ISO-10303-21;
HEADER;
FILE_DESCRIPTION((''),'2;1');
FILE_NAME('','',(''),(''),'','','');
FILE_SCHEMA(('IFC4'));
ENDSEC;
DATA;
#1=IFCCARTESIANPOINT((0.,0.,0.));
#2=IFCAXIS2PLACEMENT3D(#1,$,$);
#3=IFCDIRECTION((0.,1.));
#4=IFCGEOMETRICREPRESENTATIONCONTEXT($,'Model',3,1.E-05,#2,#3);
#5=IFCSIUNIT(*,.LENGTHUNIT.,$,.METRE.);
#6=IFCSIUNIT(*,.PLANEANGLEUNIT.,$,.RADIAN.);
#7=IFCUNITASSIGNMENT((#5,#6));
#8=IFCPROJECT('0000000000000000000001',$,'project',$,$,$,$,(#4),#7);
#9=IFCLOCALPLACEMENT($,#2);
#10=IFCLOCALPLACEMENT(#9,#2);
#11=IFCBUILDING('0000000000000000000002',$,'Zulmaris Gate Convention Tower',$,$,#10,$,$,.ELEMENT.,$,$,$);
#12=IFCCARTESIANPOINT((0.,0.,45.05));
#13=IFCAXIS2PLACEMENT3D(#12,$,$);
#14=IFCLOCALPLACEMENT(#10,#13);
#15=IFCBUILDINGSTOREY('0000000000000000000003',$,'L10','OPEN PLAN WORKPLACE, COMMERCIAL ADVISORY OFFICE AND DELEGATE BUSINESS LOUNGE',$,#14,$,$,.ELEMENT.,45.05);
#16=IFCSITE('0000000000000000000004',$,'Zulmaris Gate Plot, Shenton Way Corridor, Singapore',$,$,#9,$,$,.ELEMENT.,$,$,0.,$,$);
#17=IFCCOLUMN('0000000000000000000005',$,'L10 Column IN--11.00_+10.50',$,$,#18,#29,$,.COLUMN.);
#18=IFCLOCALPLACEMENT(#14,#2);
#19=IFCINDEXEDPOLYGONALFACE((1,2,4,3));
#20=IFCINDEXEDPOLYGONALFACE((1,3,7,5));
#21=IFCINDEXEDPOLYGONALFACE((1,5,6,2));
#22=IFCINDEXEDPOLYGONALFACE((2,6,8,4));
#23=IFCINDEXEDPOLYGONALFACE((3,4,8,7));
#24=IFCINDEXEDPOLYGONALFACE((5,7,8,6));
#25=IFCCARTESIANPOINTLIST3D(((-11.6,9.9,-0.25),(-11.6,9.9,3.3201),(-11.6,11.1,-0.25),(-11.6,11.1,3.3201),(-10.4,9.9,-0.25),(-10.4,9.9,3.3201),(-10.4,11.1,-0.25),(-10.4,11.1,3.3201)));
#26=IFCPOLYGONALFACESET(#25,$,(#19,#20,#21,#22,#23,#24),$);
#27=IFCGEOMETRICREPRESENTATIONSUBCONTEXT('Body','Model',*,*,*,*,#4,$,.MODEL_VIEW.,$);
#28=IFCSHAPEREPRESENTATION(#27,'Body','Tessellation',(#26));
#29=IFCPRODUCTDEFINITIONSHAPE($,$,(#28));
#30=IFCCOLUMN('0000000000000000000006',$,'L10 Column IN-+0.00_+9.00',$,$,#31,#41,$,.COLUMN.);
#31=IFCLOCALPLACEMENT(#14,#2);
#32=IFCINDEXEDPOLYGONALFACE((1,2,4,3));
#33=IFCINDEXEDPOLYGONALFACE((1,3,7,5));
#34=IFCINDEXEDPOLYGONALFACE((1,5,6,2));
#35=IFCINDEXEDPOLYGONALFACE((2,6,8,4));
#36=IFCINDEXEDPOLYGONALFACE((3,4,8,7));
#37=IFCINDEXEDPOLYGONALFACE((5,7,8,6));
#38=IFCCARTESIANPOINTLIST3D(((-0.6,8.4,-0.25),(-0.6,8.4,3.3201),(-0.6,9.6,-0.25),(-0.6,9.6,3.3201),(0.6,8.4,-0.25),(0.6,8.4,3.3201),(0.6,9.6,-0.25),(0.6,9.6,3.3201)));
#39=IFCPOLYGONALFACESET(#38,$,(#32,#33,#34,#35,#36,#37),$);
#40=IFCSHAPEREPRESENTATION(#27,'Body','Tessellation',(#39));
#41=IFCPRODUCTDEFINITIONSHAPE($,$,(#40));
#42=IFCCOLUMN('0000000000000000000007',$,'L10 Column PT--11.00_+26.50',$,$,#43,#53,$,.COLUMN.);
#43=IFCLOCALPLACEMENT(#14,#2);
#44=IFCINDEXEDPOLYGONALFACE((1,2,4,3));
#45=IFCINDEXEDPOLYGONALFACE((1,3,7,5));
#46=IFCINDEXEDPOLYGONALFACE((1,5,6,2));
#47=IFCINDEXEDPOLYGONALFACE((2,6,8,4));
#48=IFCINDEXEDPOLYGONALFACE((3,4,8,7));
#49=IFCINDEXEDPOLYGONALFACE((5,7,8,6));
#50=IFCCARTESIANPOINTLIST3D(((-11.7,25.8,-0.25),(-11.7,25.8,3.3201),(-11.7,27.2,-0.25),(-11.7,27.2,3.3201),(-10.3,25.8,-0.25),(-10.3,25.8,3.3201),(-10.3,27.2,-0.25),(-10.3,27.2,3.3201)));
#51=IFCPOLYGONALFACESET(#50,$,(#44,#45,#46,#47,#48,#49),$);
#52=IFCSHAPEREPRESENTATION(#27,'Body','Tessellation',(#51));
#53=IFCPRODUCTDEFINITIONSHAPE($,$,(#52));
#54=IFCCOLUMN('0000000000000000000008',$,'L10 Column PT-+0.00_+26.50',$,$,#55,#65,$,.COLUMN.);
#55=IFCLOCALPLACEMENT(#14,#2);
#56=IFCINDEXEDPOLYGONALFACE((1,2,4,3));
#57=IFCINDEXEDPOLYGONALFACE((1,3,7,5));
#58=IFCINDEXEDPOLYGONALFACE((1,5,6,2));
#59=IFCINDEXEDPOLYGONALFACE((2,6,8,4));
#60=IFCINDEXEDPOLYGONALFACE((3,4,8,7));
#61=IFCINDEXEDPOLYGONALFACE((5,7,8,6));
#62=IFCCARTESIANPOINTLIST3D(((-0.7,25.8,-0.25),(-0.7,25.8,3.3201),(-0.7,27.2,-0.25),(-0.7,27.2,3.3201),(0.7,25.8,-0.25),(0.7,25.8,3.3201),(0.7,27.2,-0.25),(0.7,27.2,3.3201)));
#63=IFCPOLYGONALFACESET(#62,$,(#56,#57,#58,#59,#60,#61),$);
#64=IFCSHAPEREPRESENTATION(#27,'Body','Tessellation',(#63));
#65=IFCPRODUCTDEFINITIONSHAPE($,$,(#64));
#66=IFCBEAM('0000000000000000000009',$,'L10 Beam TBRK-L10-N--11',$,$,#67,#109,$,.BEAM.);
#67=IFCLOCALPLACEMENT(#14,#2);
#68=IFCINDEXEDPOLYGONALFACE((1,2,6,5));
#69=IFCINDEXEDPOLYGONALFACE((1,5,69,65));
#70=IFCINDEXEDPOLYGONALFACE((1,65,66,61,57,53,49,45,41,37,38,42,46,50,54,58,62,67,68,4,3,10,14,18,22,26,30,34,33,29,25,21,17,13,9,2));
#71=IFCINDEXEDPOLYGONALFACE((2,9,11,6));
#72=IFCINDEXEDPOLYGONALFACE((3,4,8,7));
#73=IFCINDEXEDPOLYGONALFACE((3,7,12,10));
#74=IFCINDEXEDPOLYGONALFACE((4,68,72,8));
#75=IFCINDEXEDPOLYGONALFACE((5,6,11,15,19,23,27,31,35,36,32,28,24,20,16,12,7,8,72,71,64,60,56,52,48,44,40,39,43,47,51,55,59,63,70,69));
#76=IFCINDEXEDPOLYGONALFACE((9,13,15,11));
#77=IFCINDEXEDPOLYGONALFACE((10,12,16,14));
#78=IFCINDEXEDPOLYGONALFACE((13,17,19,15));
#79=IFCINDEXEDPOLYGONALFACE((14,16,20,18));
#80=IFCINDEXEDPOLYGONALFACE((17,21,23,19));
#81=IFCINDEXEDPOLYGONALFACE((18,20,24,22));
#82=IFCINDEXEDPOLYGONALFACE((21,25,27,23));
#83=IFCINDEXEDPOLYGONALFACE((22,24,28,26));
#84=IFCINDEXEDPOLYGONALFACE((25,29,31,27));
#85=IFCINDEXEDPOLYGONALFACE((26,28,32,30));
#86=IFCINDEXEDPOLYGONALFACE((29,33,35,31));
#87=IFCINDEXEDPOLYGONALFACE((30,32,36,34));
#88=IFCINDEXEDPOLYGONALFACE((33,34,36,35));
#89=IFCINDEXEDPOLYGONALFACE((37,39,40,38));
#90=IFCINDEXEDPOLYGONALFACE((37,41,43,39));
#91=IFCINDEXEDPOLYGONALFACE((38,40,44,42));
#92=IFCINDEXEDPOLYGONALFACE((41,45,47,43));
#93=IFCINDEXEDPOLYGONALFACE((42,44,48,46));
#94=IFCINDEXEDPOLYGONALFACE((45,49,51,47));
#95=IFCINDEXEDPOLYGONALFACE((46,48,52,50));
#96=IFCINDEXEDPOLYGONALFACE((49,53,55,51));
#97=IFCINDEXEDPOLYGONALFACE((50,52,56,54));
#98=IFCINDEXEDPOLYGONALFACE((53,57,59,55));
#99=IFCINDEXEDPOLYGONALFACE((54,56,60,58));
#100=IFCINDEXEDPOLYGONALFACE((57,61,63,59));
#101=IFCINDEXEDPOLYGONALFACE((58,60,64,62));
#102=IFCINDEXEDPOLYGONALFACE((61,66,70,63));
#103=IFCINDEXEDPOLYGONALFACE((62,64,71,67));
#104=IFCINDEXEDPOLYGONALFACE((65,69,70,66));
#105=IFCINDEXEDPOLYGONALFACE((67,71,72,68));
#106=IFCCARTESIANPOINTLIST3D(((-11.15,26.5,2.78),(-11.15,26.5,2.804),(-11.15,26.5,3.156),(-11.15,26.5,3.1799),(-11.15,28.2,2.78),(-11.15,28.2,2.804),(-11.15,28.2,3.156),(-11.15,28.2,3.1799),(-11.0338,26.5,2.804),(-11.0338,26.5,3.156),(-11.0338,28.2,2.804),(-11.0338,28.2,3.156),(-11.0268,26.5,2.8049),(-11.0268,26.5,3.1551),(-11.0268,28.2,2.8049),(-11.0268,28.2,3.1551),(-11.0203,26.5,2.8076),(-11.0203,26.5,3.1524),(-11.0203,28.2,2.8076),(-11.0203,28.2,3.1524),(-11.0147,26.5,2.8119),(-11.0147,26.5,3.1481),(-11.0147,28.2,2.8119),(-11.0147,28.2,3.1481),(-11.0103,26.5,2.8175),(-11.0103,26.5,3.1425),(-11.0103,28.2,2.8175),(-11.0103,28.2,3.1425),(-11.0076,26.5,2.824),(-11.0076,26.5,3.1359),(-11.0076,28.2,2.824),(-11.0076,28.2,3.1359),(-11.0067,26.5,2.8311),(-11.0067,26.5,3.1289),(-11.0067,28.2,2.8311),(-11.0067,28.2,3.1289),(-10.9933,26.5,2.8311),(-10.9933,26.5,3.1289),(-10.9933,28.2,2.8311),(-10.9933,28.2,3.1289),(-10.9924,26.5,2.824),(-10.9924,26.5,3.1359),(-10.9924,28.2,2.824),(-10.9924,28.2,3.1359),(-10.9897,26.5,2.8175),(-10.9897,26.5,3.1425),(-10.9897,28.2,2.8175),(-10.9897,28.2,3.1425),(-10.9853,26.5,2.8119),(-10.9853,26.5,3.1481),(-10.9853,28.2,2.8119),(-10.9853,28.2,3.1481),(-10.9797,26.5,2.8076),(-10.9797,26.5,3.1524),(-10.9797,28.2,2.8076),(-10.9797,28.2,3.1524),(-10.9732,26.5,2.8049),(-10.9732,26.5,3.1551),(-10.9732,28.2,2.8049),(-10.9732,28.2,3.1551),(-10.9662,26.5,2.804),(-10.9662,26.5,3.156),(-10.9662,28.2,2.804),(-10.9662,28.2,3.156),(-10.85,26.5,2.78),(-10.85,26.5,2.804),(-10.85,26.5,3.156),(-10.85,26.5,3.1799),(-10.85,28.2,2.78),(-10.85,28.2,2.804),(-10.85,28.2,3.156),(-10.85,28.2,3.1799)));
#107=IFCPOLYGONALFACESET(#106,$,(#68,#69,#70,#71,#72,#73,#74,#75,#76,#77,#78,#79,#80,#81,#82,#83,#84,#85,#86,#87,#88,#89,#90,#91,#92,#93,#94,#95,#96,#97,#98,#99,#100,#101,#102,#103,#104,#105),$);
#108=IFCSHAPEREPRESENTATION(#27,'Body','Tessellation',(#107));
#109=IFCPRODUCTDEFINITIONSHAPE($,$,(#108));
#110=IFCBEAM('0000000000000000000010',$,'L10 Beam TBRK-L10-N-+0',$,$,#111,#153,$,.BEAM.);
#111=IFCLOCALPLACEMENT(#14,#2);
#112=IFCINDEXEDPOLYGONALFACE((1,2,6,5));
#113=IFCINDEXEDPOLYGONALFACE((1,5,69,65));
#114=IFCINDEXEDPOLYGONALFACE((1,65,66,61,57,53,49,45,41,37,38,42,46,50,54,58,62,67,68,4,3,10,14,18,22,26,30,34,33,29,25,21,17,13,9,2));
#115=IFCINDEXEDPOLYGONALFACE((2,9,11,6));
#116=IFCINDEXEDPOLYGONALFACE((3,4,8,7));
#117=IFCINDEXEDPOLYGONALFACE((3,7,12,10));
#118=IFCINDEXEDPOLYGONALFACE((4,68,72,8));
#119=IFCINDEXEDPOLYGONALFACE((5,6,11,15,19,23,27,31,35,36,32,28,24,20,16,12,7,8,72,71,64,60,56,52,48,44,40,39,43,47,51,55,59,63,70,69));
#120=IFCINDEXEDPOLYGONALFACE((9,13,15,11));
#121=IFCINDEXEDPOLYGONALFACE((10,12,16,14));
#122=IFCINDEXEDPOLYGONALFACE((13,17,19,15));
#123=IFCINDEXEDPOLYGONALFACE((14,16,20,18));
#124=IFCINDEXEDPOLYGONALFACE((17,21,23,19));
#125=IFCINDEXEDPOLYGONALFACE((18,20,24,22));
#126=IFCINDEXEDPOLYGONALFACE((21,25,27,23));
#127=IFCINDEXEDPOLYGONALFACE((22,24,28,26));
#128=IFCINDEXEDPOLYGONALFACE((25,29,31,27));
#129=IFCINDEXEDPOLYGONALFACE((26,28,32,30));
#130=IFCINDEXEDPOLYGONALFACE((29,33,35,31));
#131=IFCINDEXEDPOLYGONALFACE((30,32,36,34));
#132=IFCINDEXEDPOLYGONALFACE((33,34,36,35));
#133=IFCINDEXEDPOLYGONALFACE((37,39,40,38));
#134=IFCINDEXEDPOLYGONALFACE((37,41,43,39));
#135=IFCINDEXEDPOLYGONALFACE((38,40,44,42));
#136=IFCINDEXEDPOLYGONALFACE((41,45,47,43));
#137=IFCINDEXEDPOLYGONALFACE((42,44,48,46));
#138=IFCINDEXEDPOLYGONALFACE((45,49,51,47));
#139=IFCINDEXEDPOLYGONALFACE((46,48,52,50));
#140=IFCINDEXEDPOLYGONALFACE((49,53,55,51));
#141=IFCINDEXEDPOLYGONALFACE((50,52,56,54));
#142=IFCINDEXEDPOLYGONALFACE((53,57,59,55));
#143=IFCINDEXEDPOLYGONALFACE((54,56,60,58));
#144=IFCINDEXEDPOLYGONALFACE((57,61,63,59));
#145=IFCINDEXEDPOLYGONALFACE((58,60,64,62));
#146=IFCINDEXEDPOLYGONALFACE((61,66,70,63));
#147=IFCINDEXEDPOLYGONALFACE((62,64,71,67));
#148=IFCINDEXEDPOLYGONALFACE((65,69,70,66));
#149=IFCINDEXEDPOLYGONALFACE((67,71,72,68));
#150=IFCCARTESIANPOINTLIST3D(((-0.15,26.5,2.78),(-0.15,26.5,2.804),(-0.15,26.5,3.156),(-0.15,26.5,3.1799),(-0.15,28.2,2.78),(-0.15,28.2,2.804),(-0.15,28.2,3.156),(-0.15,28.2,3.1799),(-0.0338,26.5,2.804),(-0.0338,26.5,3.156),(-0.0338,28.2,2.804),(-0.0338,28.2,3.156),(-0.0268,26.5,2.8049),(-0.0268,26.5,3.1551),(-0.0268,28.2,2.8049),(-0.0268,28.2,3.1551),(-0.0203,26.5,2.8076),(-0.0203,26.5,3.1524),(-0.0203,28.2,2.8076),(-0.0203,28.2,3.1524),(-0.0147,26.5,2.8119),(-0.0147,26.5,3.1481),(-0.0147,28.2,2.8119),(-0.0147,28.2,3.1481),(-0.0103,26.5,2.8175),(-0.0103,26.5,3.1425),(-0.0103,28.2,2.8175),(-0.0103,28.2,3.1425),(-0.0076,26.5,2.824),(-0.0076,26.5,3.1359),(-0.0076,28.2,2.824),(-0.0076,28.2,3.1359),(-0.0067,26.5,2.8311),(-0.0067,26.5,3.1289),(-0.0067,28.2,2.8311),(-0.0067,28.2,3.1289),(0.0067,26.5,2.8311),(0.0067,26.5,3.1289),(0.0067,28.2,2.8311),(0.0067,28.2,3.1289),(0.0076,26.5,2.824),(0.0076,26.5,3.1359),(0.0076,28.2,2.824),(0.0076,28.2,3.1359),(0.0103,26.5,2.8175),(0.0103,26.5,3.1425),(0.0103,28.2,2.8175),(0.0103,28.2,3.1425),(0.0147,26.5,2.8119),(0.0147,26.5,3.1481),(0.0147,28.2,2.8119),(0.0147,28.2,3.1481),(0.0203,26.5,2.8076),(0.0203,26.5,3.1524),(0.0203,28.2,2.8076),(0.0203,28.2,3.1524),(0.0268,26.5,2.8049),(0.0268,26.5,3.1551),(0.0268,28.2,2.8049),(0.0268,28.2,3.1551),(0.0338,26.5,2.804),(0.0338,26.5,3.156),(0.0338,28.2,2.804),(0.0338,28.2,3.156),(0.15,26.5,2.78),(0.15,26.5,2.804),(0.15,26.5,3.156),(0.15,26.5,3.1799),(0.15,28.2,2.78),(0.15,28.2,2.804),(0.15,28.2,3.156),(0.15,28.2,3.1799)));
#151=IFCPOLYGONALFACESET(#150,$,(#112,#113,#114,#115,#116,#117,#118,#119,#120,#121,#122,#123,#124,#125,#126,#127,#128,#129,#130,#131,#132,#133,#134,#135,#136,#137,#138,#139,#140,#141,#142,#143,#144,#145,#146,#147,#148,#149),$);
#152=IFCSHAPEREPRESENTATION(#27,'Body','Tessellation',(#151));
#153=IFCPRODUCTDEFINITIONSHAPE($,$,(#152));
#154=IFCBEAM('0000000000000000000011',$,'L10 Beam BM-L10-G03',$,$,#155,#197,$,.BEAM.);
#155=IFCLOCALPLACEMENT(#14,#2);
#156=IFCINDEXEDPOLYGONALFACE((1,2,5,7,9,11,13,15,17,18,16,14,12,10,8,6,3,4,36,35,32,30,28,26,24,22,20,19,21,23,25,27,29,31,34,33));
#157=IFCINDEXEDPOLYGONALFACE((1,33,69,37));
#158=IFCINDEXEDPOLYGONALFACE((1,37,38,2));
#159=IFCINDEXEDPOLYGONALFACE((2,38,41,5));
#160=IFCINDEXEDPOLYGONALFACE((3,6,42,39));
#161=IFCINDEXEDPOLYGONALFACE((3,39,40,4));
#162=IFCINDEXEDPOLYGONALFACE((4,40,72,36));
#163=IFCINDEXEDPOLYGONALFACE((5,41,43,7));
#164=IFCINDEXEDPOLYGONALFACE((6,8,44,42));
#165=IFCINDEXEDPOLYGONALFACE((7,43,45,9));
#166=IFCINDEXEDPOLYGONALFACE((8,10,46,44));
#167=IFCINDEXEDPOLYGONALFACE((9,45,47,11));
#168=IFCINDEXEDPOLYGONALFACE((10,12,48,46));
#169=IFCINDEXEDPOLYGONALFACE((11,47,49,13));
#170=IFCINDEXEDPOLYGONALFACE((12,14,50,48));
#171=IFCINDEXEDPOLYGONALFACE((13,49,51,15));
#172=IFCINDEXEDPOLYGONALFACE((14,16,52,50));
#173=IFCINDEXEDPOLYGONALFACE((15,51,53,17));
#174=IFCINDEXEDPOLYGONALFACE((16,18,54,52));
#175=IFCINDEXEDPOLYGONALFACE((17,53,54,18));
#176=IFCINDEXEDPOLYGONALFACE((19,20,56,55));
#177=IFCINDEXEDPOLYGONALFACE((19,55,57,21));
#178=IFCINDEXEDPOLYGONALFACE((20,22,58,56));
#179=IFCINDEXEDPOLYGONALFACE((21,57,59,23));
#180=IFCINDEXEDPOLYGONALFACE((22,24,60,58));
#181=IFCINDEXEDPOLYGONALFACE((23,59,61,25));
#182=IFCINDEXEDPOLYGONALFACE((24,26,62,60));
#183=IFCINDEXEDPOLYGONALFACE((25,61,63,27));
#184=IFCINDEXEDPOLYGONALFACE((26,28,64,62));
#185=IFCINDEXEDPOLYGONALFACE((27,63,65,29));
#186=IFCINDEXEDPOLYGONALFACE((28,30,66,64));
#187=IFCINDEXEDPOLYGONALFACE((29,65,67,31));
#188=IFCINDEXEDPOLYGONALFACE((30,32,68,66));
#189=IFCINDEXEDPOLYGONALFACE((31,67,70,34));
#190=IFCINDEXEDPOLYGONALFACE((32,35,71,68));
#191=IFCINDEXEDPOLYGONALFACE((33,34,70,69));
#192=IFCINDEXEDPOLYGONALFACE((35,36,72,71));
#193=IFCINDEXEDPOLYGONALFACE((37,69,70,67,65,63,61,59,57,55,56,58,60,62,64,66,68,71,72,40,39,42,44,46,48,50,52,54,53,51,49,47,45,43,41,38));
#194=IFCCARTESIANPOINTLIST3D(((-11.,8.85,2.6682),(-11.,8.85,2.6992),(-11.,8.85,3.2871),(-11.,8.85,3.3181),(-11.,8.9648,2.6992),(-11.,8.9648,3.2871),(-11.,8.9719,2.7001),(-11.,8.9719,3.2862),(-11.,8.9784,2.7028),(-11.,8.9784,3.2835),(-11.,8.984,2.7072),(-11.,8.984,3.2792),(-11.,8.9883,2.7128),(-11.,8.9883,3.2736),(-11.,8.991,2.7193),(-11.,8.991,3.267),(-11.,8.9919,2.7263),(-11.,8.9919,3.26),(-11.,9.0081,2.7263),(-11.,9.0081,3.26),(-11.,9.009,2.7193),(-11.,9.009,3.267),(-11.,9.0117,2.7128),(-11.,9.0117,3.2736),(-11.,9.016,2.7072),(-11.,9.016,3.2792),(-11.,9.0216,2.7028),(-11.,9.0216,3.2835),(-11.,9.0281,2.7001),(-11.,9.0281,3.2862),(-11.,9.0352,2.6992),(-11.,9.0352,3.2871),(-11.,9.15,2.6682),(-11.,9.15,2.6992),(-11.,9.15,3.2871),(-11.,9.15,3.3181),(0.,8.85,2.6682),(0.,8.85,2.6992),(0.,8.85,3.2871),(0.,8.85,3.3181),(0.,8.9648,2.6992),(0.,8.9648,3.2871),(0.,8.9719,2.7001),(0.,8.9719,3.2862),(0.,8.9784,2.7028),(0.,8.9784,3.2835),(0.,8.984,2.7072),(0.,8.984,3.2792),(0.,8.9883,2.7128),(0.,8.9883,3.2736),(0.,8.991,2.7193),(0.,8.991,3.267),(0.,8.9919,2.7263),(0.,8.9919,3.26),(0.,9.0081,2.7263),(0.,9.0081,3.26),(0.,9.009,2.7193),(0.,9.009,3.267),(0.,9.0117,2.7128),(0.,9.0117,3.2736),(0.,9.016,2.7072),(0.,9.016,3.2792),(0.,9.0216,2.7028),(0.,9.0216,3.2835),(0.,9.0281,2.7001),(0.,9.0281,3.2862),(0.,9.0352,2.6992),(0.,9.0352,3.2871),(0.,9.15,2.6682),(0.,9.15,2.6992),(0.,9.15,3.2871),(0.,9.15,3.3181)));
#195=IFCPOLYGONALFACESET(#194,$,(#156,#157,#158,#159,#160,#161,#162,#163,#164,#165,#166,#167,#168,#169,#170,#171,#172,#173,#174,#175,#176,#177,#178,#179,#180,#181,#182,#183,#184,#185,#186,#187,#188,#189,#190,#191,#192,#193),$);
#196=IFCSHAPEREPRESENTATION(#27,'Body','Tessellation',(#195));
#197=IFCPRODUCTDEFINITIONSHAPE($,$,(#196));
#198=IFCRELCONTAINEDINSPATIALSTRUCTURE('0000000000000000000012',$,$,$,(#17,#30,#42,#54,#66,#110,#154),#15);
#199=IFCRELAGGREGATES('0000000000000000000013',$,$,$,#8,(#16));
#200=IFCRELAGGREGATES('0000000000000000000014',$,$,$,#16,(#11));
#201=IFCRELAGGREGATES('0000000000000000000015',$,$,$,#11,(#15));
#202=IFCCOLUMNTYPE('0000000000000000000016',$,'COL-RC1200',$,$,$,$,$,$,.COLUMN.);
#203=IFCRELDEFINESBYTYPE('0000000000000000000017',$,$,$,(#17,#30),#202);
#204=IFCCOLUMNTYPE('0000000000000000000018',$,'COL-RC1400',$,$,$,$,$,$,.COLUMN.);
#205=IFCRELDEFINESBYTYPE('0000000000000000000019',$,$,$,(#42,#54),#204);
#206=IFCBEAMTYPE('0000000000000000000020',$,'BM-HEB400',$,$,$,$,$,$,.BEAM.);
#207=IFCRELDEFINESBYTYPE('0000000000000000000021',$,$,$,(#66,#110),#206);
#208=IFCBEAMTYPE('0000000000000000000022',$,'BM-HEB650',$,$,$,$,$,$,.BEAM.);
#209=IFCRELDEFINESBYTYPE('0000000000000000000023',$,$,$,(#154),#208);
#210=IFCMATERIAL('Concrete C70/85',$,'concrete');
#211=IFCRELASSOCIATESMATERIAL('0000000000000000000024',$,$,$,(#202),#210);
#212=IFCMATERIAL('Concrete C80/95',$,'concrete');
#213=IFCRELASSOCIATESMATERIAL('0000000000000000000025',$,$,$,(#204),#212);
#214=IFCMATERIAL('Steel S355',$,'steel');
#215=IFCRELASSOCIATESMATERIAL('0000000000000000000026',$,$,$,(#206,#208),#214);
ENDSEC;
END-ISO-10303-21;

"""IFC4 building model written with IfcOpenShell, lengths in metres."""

from ifc_helpers import new_model, si_unit, direction, frame, origin, origin_2d, place, context, subcontext, project, spatial, rectangle, i_section, extrude, material, material_profile, profile_set, type_object, element, save


model = new_model("IFC4")

# Units and contexts
model_context = context("Model", 3, precision=1e-05, world=origin(), true_north=direction((0.0, 1.0)))
body_context = subcontext(model_context, "Body", "Model", "MODEL_VIEW")
ifc_project = project(units=[si_unit("LENGTHUNIT", "METRE"), si_unit("PLANEANGLEUNIT", "RADIAN")], contexts=[model_context])

# Site, building, storey
site_placement = place(None, origin())
site = spatial("IfcSite", under=ifc_project, at=site_placement, Name="Zulmaris Gate Plot, Shenton Way Corridor, Singapore", CompositionType="ELEMENT", RefElevation=0.0)
building_placement = place(site_placement, origin())
building = spatial("IfcBuilding", under=site, at=building_placement, Name="Zulmaris Gate Convention Tower", CompositionType="ELEMENT")
storey_placement = place(building_placement, frame((0.0, 0.0, 45.05)))
storey = spatial("IfcBuildingStorey", under=building, at=storey_placement, Name="L10", Description="OPEN PLAN WORKPLACE, COMMERCIAL ADVISORY OFFICE AND DELEGATE BUSINESS LOUNGE", CompositionType="ELEMENT", Elevation=45.05)

# Columns
ifc_material_1 = material(Name="Concrete C70/85", Category="concrete")
ifc_material_profile_1 = material_profile(ifc_material_1, rectangle(XDim=1.2, YDim=1.2, at=origin_2d()), Name="RC COL 1200x1200")
ifc_profile_set_1 = profile_set([ifc_material_profile_1], Name="Concrete C70/85")
column_type_1 = type_object("IfcColumnType", Name="COL-RC1200", PredefinedType="COLUMN", material=ifc_profile_set_1)
for number, where, z_axis, x_axis, name in (
    (1, (-11.0, 10.5, -0.25), (0.0, 0.0, 1.0), (1.0, 0.0, 0.0), "L10 Column IN--11.00_+10.50"),
    (2, (0.0, 9.0, -0.25), (0.0, 0.0, 1.0), (1.0, 0.0, 0.0), "L10 Column IN-+0.00_+9.00"),
):
    element("IfcColumn", number, at=place(storey_placement, frame(where, z_axis=z_axis, x_axis=x_axis)), inside=storey, type_object=column_type_1, Name=name, PredefinedType="COLUMN", context=body_context, shape_type="SweptSolid", body=[
        extrude(rectangle(XDim=1.2, YDim=1.2, at=origin_2d()), origin(), (0.0, 0.0, 1.0), 3.5701),
    ])
ifc_material_2 = material(Name="Concrete C80/95", Category="concrete")
ifc_material_profile_2 = material_profile(ifc_material_2, rectangle(XDim=1.3999, YDim=1.3999, at=origin_2d()), Name="RC COL 1400x1400")
ifc_profile_set_2 = profile_set([ifc_material_profile_2], Name="Concrete C80/95")
column_type_2 = type_object("IfcColumnType", Name="COL-RC1400", PredefinedType="COLUMN", material=ifc_profile_set_2)
for number, where, z_axis, x_axis, name in (
    (3, (-11.0, 26.5, -0.25), (0.0, 0.0, 1.0), (1.0, 0.0, 0.0), "L10 Column PT--11.00_+26.50"),
    (4, (0.0, 26.5, -0.25), (0.0, 0.0, 1.0), (1.0, 0.0, 0.0), "L10 Column PT-+0.00_+26.50"),
):
    element("IfcColumn", number, at=place(storey_placement, frame(where, z_axis=z_axis, x_axis=x_axis)), inside=storey, type_object=column_type_2, Name=name, PredefinedType="COLUMN", context=body_context, shape_type="SweptSolid", body=[
        extrude(rectangle(XDim=1.3999, YDim=1.3999, at=origin_2d()), origin(), (0.0, 0.0, 1.0), 3.5701),
    ])

# Beams
ifc_material_3 = material(Name="Steel S355", Category="steel")
ifc_material_profile_3 = material_profile(ifc_material_3, i_section(OverallWidth=0.3, OverallDepth=0.3999, WebThickness=0.0134, FlangeThickness=0.0239, FilletRadius=0.0271, at=origin_2d()), Name="HEB 400")
ifc_profile_set_3 = profile_set([ifc_material_profile_3], Name="Steel S355")
beam_type_1 = type_object("IfcBeamType", Name="BM-HEB400", PredefinedType="BEAM", material=ifc_profile_set_3)
for number, where, z_axis, x_axis, name in (
    (5, (-11.0, 26.5, 2.98), (0.0, 1.0, 0.0), (-1.0, 0.0, 0.0), "L10 Beam TBRK-L10-N--11"),
    (6, (0.0, 26.5, 2.98), (0.0, 1.0, 0.0), (-1.0, 0.0, 0.0), "L10 Beam TBRK-L10-N-+0"),
):
    element("IfcBeam", number, at=place(storey_placement, frame(where, z_axis=z_axis, x_axis=x_axis)), inside=storey, type_object=beam_type_1, Name=name, PredefinedType="BEAM", context=body_context, shape_type="SweptSolid", body=[
        extrude(i_section(OverallWidth=0.3, OverallDepth=0.3999, WebThickness=0.0134, FlangeThickness=0.0239, FilletRadius=0.0271, at=origin_2d()), origin(), (0.0, 0.0, 1.0), 1.7),
    ])
ifc_material_profile_4 = material_profile(ifc_material_3, i_section(OverallWidth=0.3, OverallDepth=0.6499, WebThickness=0.0161, FlangeThickness=0.031, FilletRadius=0.0271, at=origin_2d()), Name="HEB 650")
ifc_profile_set_4 = profile_set([ifc_material_profile_4], Name="Steel S355")
beam_type_2 = type_object("IfcBeamType", Name="BM-HEB650", PredefinedType="BEAM", material=ifc_profile_set_4)
for number, where, z_axis, x_axis, name in (
    (7, (-11.0, 9.0, 2.9932), (1.0, 0.0, 0.0), (0.0, 1.0, 0.0), "L10 Beam BM-L10-G03"),
):
    element("IfcBeam", number, at=place(storey_placement, frame(where, z_axis=z_axis, x_axis=x_axis)), inside=storey, type_object=beam_type_2, Name=name, PredefinedType="BEAM", context=body_context, shape_type="SweptSolid", body=[
        extrude(i_section(OverallWidth=0.3, OverallDepth=0.6499, WebThickness=0.0161, FlangeThickness=0.031, FilletRadius=0.0271, at=origin_2d()), origin(), (0.0, 0.0, 1.0), 11.0),
    ])

save(model, "model.ifc")
